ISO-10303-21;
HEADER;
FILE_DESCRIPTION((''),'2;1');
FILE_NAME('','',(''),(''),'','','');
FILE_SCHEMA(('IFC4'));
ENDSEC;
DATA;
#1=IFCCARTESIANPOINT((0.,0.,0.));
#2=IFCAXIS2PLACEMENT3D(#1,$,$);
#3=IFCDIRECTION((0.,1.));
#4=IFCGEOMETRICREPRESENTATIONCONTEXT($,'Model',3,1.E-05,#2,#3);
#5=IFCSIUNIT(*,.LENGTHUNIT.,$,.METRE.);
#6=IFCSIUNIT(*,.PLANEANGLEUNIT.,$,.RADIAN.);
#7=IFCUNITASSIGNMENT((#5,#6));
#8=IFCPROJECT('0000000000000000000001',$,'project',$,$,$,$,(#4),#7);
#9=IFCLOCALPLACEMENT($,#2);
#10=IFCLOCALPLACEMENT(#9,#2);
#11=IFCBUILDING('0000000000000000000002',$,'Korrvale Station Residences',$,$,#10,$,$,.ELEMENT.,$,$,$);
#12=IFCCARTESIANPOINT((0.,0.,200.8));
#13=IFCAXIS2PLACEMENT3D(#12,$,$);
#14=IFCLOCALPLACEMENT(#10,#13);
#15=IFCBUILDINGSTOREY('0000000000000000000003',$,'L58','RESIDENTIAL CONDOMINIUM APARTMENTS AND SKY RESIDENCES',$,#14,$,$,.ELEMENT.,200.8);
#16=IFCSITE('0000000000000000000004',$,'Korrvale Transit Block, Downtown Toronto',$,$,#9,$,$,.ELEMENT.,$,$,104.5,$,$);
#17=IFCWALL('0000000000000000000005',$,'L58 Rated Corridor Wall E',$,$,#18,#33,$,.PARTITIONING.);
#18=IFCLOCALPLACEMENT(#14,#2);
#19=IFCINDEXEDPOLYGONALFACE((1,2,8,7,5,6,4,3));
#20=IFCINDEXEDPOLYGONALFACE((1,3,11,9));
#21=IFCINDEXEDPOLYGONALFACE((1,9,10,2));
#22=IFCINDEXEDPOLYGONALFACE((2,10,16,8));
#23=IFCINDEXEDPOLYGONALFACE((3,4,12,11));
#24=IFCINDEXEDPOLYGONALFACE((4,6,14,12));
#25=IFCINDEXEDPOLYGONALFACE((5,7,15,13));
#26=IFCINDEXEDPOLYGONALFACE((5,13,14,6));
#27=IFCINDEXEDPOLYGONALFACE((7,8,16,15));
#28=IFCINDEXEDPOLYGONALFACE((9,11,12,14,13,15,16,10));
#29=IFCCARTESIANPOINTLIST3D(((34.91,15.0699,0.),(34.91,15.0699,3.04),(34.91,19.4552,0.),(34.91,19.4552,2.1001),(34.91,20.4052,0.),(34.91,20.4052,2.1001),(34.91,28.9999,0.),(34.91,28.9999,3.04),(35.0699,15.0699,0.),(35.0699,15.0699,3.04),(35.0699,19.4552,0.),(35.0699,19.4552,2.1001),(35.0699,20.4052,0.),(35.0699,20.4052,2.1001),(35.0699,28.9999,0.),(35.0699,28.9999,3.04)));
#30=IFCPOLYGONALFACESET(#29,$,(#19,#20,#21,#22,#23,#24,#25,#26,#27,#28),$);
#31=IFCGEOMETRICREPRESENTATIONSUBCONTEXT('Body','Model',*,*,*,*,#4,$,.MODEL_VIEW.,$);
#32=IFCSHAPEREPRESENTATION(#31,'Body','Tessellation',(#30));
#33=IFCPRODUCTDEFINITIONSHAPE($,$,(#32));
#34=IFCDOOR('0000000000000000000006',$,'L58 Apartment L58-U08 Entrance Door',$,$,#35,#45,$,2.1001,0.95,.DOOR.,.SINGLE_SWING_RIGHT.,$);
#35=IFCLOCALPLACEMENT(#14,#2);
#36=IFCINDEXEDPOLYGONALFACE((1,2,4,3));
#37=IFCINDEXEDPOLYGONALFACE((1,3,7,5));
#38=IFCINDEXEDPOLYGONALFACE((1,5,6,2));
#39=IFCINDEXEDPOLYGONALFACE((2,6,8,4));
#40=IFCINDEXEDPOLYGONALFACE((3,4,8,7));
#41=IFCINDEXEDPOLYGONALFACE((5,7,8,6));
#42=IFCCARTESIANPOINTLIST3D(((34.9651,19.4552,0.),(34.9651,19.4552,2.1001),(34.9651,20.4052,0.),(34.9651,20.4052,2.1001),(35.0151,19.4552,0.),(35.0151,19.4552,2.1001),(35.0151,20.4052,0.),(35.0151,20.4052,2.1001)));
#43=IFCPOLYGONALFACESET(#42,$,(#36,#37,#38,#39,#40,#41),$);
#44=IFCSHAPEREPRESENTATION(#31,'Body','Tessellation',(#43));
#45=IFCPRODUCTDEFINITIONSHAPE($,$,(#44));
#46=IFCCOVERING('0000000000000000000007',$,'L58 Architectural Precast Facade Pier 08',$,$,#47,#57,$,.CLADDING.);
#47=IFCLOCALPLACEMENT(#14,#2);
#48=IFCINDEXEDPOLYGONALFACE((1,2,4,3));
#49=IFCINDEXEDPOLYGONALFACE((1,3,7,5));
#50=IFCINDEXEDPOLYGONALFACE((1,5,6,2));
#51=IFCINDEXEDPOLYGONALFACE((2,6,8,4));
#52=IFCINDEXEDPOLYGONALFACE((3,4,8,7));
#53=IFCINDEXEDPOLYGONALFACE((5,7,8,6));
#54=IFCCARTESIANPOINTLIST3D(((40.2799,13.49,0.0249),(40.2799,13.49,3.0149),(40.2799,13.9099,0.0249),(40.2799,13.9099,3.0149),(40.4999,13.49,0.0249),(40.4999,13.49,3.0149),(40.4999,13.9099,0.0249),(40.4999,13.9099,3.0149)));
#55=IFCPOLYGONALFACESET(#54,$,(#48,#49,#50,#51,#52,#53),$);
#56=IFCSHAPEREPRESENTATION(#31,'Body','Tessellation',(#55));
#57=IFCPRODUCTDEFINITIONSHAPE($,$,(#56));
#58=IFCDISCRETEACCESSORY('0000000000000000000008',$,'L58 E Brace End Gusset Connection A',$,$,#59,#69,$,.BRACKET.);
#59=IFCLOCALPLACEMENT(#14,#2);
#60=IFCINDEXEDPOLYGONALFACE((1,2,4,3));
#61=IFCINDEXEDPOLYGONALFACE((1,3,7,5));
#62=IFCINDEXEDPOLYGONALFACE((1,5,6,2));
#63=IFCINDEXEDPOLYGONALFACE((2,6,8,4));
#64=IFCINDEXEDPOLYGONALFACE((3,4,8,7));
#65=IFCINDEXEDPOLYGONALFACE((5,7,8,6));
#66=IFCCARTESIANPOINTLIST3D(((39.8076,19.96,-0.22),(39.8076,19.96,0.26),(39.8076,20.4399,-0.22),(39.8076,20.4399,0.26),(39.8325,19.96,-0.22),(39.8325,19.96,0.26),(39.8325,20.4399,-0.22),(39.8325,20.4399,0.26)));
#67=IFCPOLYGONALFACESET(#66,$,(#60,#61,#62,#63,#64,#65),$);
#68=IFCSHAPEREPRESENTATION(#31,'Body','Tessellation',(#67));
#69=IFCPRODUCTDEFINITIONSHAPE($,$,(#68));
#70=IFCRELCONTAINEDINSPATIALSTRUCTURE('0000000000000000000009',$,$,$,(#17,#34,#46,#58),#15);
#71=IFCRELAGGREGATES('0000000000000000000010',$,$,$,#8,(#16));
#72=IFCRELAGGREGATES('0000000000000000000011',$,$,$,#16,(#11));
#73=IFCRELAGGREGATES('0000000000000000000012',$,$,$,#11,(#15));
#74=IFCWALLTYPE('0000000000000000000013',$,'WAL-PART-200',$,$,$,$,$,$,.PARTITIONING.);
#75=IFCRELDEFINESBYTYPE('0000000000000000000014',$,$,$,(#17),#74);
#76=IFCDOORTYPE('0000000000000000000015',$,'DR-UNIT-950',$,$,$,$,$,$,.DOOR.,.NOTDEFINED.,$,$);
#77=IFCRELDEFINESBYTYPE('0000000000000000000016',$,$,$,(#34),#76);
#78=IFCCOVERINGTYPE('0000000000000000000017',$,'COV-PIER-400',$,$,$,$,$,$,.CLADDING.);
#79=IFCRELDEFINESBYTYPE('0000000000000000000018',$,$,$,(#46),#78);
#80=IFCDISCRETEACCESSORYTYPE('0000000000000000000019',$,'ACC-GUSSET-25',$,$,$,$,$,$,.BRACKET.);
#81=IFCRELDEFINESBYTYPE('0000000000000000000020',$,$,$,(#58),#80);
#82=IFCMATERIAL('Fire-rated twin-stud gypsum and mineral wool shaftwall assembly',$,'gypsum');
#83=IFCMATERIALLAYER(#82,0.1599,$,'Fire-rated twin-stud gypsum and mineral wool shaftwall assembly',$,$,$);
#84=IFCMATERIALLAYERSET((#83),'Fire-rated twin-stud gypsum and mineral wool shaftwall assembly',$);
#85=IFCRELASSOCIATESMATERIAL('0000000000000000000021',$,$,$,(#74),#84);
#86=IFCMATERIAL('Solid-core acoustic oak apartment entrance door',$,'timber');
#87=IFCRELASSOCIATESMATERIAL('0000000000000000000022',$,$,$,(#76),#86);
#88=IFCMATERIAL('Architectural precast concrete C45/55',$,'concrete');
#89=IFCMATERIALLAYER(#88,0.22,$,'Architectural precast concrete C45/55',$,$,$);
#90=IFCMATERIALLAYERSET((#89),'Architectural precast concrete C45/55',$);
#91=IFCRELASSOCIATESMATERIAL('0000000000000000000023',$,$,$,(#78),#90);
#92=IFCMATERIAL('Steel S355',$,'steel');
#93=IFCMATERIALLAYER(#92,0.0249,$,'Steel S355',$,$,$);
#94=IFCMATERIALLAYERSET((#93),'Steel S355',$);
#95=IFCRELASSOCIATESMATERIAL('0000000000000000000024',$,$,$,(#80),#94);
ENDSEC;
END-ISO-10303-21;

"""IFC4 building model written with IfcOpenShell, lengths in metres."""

from ifc_helpers import new_model, si_unit, direction, frame, frame_2d, origin, origin_2d, place, context, subcontext, project, spatial, rectangle, extrude, material, layer, layer_set, type_object, element, fill, save


model = new_model("IFC4")

# Units and contexts
model_context = context("Model", 3, precision=1e-05, world=origin(), true_north=direction((0.0, 1.0)))
body_context = subcontext(model_context, "Body", "Model", "MODEL_VIEW")
ifc_project = project(units=[si_unit("LENGTHUNIT", "METRE"), si_unit("PLANEANGLEUNIT", "RADIAN")], contexts=[model_context])

# Site, building, storey
site_placement = place(None, origin())
site = spatial("IfcSite", under=ifc_project, at=site_placement, Name="Korrvale Transit Block, Downtown Toronto", CompositionType="ELEMENT", RefElevation=104.5)
building_placement = place(site_placement, origin())
building = spatial("IfcBuilding", under=site, at=building_placement, Name="Korrvale Station Residences", CompositionType="ELEMENT")
storey_placement = place(building_placement, frame((0.0, 0.0, 200.8)))
storey = spatial("IfcBuildingStorey", under=building, at=storey_placement, Name="L58", Description="RESIDENTIAL CONDOMINIUM APARTMENTS AND SKY RESIDENCES", CompositionType="ELEMENT", Elevation=200.8)

# Shared definitions
ifc_material_1 = material(Name="Steel S355", Category="steel")

# Shared definitions
ifc_material_2 = material(Name="Fire-rated twin-stud gypsum and mineral wool shaftwall assembly", Category="gypsum")
ifc_layer_1 = layer(ifc_material_2, 0.1599, Name="Fire-rated twin-stud gypsum and mineral wool shaftwall assembly")
ifc_layer_set_1 = layer_set([ifc_layer_1], Name="Fire-rated twin-stud gypsum and mineral wool shaftwall assembly")
wall_type_1 = type_object("IfcWallType", Name="WAL-PART-200", PredefinedType="PARTITIONING", material=ifc_layer_set_1)

# Wall, opening, door
wall_1_placement = place(storey_placement, frame((34.99, 15.0701, 0.0), z_axis=(0.0, 0.0, 1.0), x_axis=(0.0, 1.0, 0.0)))
wall_1 = element("IfcWall", 1, at=wall_1_placement, inside=storey, type_object=wall_type_1, Name="L58 Rated Corridor Wall E", PredefinedType="PARTITIONING", context=body_context, shape_type="SweptSolid", body=[
    extrude(rectangle(XDim=13.9299, YDim=0.1599, at=frame_2d((6.9648, 0.0))), origin(), (0.0, 0.0, 1.0), 3.04),
])
opening_1_placement = place(wall_1_placement, frame((4.385, 0.0, 0.0)))
opening_1 = element("IfcOpeningElement", 2, at=opening_1_placement, cuts=wall_1, PredefinedType="OPENING", context=body_context, shape_type="SweptSolid", body=[
    extrude(rectangle(XDim=0.95, YDim=2.1001, at=frame_2d((0.4751, 1.05))), frame((0.0, 0.0898, 0.0), z_axis=(0.0, -1.0, 0.0), x_axis=(1.0, 0.0, 0.0)), (0.0, 0.0, 1.0), 0.1799),
])
ifc_material_3 = material(Name="Solid-core acoustic oak apartment entrance door", Category="timber")
door_type_1 = type_object("IfcDoorType", Name="DR-UNIT-950", OperationType="NOTDEFINED", PredefinedType="DOOR", material=ifc_material_3)
door_1_placement = place(opening_1_placement, origin())
door_1 = element("IfcDoor", 3, at=door_1_placement, inside=storey, type_object=door_type_1, Name="L58 Apartment L58-U08 Entrance Door", OperationType="SINGLE_SWING_RIGHT", OverallHeight=2.1001, OverallWidth=0.95, PredefinedType="DOOR", context=body_context, shape_type="SweptSolid", body=[
    extrude(rectangle(XDim=0.95, YDim=2.1001, at=frame_2d((0.4751, 1.05))), frame((0.0, 0.0249, 0.0), z_axis=(0.0, -1.0, 0.0), x_axis=(1.0, 0.0, 0.0)), (0.0, 0.0, 1.0), 0.05),
])
fill(opening_1, door_1)

# Covering
ifc_material_4 = material(Name="Architectural precast concrete C45/55", Category="concrete")
ifc_layer_2 = layer(ifc_material_4, 0.22, Name="Architectural precast concrete C45/55")
ifc_layer_set_2 = layer_set([ifc_layer_2], Name="Architectural precast concrete C45/55")
covering_type = type_object("IfcCoveringType", Name="COV-PIER-400", PredefinedType="CLADDING", material=ifc_layer_set_2)
covering_placement = place(storey_placement, frame((40.3899, 13.7, 0.0249), z_axis=(0.0, 0.0, 1.0), x_axis=(0.0, 1.0, 0.0)))
element("IfcCovering", 4, at=covering_placement, inside=storey, type_object=covering_type, Name="L58 Architectural Precast Facade Pier 08", PredefinedType="CLADDING", context=body_context, shape_type="SweptSolid", body=[
    extrude(rectangle(XDim=0.4199, YDim=0.22, at=origin_2d()), origin(), (0.0, 0.0, 1.0), 2.99),
])

# Discrete accessory
ifc_layer_3 = layer(ifc_material_1, 0.0249, Name="Steel S355")
ifc_layer_set_3 = layer_set([ifc_layer_3], Name="Steel S355")
discrete_accessory_type = type_object("IfcDiscreteAccessoryType", Name="ACC-GUSSET-25", PredefinedType="BRACKET", material=ifc_layer_set_3)
discrete_accessory_placement = place(storey_placement, frame((39.8201, 20.2, -0.22), z_axis=(0.0, 0.0, 1.0), x_axis=(0.0, 1.0, 0.0)))
element("IfcDiscreteAccessory", 5, at=discrete_accessory_placement, inside=storey, type_object=discrete_accessory_type, Name="L58 E Brace End Gusset Connection A", PredefinedType="BRACKET", context=body_context, shape_type="SweptSolid", body=[
    extrude(rectangle(XDim=0.48, YDim=0.0249, at=origin_2d()), origin(), (0.0, 0.0, 1.0), 0.48),
])

save(model, "model.ifc")
